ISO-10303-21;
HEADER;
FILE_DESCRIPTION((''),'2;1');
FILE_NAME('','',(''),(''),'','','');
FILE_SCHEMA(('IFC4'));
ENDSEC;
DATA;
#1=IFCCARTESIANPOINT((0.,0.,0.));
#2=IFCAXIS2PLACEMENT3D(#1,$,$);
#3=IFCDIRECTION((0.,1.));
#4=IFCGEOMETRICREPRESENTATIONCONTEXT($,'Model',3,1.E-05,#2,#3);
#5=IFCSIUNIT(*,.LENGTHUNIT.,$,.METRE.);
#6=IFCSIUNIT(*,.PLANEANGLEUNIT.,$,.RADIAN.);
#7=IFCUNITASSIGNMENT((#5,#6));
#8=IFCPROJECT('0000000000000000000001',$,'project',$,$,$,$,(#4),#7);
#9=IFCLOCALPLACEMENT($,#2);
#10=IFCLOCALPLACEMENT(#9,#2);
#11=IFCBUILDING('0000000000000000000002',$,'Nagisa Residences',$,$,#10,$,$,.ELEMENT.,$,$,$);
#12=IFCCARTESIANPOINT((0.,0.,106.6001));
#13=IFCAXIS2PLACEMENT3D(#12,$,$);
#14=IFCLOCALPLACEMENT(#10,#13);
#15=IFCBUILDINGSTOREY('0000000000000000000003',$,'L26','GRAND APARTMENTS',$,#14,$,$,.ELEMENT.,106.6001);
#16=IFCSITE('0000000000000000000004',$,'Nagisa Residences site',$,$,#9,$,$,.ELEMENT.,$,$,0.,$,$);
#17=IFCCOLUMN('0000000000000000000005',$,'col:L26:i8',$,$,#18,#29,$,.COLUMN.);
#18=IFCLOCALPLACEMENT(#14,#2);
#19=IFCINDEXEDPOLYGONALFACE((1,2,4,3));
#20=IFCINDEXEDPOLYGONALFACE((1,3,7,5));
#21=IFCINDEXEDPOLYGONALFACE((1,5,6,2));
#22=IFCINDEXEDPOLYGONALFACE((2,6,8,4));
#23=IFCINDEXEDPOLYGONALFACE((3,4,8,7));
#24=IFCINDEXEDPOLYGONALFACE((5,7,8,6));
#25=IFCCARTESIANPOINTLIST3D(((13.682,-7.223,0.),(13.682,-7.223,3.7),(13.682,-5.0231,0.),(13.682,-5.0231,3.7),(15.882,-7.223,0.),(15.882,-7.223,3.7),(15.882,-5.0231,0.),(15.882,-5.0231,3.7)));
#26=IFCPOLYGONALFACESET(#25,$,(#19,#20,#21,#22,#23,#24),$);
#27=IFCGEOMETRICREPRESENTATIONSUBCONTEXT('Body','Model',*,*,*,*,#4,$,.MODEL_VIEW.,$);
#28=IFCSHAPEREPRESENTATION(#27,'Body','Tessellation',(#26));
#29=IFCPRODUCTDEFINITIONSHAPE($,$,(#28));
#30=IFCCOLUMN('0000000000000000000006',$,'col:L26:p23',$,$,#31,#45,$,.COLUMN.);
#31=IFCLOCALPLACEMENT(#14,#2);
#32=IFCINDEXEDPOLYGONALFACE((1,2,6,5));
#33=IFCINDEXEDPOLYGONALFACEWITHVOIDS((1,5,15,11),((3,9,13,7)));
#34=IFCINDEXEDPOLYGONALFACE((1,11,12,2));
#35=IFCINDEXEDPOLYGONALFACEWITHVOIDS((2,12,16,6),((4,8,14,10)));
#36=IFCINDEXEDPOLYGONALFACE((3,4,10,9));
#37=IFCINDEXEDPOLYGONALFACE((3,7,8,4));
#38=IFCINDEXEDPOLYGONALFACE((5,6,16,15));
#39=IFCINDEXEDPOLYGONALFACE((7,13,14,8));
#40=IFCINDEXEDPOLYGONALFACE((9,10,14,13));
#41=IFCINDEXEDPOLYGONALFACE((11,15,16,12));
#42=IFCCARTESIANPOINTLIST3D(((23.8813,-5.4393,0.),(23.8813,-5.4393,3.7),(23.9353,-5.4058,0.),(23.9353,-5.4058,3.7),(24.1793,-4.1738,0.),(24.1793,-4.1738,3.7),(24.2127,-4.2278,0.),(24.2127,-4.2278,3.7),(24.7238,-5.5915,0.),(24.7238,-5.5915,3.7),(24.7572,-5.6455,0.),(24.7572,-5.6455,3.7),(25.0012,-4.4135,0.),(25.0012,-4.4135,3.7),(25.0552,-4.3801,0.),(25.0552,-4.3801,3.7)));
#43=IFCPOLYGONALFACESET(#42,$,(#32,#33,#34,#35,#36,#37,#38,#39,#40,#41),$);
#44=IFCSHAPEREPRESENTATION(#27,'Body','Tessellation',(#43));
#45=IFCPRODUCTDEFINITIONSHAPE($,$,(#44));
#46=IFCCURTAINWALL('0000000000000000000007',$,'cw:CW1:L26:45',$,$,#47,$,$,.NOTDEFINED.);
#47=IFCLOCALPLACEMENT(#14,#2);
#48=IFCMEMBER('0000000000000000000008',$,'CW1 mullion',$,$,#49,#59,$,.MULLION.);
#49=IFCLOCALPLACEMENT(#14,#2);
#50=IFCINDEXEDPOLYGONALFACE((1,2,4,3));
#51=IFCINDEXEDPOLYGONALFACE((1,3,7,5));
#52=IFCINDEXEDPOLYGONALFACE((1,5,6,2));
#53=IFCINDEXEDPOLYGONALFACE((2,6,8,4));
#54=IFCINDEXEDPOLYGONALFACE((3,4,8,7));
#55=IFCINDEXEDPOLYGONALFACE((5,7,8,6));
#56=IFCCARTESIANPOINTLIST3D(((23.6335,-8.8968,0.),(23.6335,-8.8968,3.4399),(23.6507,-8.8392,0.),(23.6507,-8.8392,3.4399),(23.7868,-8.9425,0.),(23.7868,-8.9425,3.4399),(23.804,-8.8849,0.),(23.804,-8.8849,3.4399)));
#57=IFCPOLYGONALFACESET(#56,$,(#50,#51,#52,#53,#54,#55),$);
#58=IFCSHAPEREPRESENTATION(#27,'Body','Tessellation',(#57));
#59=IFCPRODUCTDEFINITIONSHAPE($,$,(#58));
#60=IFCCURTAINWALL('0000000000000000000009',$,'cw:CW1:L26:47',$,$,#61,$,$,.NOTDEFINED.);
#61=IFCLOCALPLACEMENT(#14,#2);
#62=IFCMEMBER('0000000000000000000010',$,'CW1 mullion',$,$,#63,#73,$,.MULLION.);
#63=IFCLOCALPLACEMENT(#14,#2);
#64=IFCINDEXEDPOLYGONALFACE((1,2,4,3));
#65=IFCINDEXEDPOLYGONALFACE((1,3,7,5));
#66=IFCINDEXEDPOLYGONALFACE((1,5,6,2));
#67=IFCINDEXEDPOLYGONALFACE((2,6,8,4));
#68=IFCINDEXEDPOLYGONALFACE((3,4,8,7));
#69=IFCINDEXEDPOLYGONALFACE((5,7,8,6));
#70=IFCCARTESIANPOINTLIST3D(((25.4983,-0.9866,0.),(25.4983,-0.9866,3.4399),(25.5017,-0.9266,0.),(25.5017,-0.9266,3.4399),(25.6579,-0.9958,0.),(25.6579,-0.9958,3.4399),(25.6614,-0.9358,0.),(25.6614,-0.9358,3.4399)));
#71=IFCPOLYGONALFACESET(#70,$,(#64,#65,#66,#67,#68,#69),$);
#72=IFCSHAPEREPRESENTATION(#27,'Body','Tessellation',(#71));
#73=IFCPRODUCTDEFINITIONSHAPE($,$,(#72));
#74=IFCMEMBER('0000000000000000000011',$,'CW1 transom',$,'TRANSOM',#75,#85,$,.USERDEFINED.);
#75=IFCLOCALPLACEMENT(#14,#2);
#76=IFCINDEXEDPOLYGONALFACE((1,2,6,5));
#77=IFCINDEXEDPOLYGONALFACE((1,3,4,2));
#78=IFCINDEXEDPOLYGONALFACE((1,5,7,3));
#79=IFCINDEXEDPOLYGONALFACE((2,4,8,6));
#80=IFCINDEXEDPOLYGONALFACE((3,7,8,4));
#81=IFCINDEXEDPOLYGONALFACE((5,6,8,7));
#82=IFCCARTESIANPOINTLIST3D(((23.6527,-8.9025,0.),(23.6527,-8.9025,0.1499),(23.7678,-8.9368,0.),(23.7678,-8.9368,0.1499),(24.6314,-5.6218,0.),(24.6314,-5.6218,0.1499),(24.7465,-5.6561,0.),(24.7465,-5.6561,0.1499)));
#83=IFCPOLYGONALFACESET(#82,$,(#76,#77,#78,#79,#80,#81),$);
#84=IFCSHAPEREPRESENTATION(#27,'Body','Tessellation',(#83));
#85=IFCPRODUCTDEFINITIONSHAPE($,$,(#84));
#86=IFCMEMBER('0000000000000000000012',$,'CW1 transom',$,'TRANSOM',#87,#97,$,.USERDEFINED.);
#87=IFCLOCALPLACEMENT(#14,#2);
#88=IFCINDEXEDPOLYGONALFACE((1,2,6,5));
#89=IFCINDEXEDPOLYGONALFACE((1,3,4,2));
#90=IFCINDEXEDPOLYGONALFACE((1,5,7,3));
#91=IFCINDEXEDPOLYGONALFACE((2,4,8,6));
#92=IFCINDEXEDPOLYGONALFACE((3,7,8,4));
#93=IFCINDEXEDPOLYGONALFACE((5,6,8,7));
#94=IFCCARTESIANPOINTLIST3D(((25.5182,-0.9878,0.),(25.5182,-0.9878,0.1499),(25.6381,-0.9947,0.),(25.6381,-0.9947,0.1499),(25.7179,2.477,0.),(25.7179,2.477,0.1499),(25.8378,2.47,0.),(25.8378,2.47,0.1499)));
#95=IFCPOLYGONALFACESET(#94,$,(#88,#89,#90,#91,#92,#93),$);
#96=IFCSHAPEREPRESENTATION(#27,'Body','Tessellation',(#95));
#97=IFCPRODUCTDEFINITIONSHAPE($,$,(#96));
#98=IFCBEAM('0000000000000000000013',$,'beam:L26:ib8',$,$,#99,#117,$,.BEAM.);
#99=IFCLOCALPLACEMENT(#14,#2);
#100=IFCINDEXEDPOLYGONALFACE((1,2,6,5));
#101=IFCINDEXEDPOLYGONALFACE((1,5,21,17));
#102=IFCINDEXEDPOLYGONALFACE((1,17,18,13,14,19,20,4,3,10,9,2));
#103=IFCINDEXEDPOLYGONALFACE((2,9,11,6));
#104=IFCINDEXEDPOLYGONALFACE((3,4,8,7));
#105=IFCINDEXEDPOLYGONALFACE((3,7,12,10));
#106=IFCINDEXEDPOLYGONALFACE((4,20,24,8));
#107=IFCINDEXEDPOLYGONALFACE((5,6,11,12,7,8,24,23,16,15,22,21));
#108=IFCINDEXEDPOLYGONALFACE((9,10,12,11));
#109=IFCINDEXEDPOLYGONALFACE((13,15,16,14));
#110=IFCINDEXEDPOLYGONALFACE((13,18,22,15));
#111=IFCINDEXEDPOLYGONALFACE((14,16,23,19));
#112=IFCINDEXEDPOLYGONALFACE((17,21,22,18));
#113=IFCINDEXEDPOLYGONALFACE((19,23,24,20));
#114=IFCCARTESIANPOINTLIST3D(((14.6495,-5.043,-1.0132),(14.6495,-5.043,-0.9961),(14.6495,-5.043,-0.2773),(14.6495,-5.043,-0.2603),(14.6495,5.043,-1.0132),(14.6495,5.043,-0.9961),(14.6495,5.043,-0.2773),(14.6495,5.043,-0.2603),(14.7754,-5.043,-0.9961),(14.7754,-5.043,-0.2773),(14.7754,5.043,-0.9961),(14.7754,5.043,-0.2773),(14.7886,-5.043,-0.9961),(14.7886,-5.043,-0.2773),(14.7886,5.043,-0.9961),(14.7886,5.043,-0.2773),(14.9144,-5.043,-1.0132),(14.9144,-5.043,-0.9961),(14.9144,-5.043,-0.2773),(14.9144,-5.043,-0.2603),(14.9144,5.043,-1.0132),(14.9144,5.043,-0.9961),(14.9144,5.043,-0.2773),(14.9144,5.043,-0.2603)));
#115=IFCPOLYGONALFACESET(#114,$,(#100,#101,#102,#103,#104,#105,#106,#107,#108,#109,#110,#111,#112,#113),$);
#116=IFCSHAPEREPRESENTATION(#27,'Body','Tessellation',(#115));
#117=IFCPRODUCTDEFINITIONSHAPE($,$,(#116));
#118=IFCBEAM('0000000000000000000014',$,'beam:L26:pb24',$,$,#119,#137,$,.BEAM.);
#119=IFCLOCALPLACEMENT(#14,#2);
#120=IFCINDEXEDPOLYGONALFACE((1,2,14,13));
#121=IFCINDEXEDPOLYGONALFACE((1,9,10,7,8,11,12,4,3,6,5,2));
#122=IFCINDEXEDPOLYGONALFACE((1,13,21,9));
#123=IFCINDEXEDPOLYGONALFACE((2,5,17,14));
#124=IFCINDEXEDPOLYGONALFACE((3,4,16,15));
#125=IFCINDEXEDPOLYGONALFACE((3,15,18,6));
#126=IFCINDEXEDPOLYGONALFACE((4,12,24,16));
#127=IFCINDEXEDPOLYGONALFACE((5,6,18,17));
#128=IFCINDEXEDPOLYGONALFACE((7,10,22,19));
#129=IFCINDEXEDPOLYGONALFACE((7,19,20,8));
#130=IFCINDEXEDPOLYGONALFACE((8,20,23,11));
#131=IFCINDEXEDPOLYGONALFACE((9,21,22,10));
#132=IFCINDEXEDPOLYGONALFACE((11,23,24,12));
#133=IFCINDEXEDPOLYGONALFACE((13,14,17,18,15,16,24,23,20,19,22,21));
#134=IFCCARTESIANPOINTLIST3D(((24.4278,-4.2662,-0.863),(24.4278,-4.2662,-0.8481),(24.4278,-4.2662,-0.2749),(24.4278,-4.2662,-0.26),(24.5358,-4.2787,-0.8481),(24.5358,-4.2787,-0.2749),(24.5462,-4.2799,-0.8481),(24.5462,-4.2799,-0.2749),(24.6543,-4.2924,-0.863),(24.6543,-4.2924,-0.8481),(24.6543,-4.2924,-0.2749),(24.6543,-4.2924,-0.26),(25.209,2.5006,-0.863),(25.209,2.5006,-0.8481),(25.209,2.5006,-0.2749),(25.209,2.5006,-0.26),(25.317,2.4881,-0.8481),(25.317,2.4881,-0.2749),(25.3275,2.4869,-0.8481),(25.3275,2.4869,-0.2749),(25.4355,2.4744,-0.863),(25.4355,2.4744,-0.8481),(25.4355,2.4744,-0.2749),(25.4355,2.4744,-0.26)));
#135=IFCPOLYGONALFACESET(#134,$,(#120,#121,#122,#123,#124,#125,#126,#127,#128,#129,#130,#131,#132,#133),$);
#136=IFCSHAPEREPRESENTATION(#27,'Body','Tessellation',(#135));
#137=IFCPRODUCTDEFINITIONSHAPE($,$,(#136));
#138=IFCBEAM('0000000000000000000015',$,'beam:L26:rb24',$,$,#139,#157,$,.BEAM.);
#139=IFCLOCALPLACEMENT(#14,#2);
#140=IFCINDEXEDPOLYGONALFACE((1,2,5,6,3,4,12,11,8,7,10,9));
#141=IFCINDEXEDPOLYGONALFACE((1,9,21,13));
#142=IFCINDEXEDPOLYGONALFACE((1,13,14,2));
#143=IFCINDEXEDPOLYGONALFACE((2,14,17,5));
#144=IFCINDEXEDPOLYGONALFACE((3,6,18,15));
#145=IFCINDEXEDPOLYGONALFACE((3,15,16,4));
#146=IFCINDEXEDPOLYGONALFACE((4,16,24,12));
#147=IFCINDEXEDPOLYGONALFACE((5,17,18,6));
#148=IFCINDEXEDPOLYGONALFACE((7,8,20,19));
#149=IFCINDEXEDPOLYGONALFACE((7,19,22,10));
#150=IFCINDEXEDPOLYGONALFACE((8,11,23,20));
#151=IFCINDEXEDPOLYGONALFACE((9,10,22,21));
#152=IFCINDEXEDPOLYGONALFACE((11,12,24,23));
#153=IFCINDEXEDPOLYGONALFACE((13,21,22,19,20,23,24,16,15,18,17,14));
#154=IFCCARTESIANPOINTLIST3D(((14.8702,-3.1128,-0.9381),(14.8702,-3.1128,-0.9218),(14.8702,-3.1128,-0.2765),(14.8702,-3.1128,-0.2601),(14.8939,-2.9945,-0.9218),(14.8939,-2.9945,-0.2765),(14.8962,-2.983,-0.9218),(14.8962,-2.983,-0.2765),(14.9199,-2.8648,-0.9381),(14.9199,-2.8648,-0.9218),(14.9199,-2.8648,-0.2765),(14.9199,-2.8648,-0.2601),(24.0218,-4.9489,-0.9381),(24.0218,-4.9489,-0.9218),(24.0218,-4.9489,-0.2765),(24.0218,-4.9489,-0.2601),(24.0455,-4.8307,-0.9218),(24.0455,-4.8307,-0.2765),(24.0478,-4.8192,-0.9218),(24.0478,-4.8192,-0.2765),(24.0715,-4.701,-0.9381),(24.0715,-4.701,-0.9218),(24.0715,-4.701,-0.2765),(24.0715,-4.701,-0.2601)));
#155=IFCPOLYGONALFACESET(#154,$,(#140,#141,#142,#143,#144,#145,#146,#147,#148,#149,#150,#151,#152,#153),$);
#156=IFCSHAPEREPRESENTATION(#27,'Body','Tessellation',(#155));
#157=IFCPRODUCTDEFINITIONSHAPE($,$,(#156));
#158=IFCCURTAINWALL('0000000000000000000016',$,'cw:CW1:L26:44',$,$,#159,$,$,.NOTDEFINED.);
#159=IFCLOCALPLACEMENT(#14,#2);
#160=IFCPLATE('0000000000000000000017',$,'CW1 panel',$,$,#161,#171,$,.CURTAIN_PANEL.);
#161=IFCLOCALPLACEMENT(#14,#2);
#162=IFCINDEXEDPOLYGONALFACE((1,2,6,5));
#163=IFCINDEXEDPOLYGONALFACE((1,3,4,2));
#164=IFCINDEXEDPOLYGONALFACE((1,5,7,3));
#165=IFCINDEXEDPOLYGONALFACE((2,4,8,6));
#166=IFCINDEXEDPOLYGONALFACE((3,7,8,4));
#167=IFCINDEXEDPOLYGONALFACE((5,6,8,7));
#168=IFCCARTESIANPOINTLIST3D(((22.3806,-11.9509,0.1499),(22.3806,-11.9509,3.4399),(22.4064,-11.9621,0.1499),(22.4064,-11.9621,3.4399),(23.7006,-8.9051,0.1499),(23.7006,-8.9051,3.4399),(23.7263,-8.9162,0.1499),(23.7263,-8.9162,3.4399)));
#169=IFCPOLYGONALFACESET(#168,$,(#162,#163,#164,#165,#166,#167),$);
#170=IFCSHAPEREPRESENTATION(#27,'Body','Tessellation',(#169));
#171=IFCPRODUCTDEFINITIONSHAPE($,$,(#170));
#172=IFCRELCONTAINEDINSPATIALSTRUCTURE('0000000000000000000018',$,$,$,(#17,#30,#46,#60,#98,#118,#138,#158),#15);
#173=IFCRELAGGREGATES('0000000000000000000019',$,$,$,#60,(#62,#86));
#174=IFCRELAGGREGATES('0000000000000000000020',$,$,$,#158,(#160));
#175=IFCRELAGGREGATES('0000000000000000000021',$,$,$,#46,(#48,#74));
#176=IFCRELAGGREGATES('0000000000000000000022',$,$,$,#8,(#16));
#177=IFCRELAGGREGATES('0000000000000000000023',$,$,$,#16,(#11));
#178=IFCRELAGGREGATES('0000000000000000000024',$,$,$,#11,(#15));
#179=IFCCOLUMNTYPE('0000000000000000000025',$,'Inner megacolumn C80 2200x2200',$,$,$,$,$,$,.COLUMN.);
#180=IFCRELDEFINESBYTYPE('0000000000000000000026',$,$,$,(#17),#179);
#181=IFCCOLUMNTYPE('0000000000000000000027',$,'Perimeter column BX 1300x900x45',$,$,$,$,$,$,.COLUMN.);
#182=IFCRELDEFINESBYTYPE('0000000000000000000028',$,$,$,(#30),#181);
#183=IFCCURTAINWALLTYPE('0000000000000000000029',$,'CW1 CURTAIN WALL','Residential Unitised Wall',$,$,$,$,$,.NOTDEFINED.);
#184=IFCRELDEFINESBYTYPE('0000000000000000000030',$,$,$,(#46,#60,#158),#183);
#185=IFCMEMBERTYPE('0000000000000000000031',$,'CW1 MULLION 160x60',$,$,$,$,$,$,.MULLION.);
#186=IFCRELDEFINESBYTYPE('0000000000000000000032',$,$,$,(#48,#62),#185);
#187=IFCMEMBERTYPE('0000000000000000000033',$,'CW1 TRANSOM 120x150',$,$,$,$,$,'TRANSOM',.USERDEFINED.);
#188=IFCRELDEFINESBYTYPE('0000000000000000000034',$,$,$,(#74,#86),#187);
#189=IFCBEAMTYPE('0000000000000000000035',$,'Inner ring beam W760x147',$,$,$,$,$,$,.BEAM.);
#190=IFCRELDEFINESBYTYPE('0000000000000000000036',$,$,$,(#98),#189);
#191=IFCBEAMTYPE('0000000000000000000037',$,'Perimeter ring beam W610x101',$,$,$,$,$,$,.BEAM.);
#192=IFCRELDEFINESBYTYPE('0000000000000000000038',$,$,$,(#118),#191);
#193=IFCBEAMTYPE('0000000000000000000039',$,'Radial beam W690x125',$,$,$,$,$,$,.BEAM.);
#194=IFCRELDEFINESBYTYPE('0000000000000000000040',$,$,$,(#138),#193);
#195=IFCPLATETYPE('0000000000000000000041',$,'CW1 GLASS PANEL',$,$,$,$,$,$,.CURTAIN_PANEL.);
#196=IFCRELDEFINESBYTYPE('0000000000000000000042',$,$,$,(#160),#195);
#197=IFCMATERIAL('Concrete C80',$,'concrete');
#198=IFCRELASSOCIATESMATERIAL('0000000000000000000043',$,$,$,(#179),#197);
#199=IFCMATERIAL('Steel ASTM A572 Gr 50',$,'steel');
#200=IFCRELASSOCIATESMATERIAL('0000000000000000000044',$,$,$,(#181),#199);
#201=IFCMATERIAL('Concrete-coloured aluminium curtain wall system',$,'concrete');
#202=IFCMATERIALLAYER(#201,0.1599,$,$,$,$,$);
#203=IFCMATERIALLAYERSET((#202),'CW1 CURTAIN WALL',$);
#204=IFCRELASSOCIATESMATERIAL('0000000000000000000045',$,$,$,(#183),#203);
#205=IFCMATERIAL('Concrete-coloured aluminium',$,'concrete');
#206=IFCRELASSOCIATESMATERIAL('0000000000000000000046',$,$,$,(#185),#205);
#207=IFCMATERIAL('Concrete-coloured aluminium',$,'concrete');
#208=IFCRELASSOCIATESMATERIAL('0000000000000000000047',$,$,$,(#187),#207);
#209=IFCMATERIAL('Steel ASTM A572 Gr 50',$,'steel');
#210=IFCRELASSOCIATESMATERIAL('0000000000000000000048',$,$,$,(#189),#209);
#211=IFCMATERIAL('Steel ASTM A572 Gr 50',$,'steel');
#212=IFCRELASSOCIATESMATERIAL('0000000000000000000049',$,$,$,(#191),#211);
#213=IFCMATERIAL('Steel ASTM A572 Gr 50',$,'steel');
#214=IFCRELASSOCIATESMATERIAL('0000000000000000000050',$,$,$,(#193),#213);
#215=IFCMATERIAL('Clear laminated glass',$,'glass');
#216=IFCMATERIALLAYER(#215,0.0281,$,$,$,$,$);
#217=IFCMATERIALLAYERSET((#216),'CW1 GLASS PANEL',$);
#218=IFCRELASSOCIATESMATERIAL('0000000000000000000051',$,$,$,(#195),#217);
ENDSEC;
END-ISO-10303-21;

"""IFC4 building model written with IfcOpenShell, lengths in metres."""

from ifc_helpers import new_model, si_unit, direction, frame, origin, origin_2d, place, context, subcontext, project, spatial, rectangle, hollow_rectangle, i_section, extrude, material, layer, layer_set, material_profile, profile_set, type_object, element, aggregate, save


model = new_model("IFC4")

# Units and contexts
model_context = context("Model", 3, precision=1e-05, world=origin(), true_north=direction((0.0, 1.0)))
body_context = subcontext(model_context, "Body", "Model", "MODEL_VIEW")
ifc_project = project(units=[si_unit("LENGTHUNIT", "METRE"), si_unit("PLANEANGLEUNIT", "RADIAN")], contexts=[model_context])

# Site, building, storey
site_placement = place(None, origin())
site = spatial("IfcSite", under=ifc_project, at=site_placement, Name="Nagisa Residences site", CompositionType="ELEMENT", RefElevation=0.0)
building_placement = place(site_placement, origin())
building = spatial("IfcBuilding", under=site, at=building_placement, Name="Nagisa Residences", CompositionType="ELEMENT")
storey_placement = place(building_placement, frame((0.0, 0.0, 106.6001)))
storey = spatial("IfcBuildingStorey", under=building, at=storey_placement, Name="L26", Description="GRAND APARTMENTS", CompositionType="ELEMENT", Elevation=106.6001)

# Columns
ifc_material_1 = material(Name="Concrete C80", Category="concrete")
ifc_material_profile_1 = material_profile(ifc_material_1, rectangle(XDim=2.2, YDim=2.2, at=origin_2d()), Name="C80 2200x2200")
ifc_profile_set_1 = profile_set([ifc_material_profile_1], Name="Concrete C80")
column_type_1 = type_object("IfcColumnType", Name="Inner megacolumn C80 2200x2200", PredefinedType="COLUMN", material=ifc_profile_set_1)
column_1_placement = place(storey_placement, frame((14.782, -6.123, 0.0), z_axis=(0.0, 0.0, 1.0), x_axis=(1.0, 0.0, 0.0)))
element("IfcColumn", 1, at=column_1_placement, inside=storey, type_object=column_type_1, Name="col:L26:i8", PredefinedType="COLUMN", context=body_context, shape_type="SweptSolid", body=[
    extrude(rectangle(XDim=2.2, YDim=2.2, at=origin_2d()), origin(), (0.0, 0.0, 1.0), 3.7),
])
ifc_material_2 = material(Name="Steel ASTM A572 Gr 50", Category="steel")
ifc_material_profile_2 = material_profile(ifc_material_2, hollow_rectangle(XDim=1.3, YDim=0.8999, WallThickness=0.0449, at=origin_2d()), Name="BX 1300x900x45")
ifc_profile_set_2 = profile_set([ifc_material_profile_2], Name="Steel ASTM A572 Gr 50")
column_type_2 = type_object("IfcColumnType", Name="Perimeter column BX 1300x900x45", PredefinedType="COLUMN", material=ifc_profile_set_2)
column_2_placement = place(storey_placement, frame((24.4683, -4.9097, 0.0), z_axis=(0.0, 0.0, 1.0), x_axis=(0.229202, 0.973379, 0.0)))
element("IfcColumn", 2, at=column_2_placement, inside=storey, type_object=column_type_2, Name="col:L26:p23", PredefinedType="COLUMN", context=body_context, shape_type="SweptSolid", body=[
    extrude(hollow_rectangle(XDim=1.3, YDim=0.8999, WallThickness=0.0449, at=origin_2d()), origin(), (0.0, 0.0, 1.0), 3.7),
])

# Curtain walls, members
ifc_material_3 = material(Name="Concrete-coloured aluminium curtain wall system", Category="concrete")
ifc_layer_1 = layer(ifc_material_3, 0.1599)
ifc_layer_set_1 = layer_set([ifc_layer_1], Name="CW1 CURTAIN WALL")
curtain_wall_type = type_object("IfcCurtainWallType", Name="CW1 CURTAIN WALL", Description="Residential Unitised Wall", PredefinedType="NOTDEFINED", material=ifc_layer_set_1)
curtain_wall_1_placement = place(storey_placement, origin())
curtain_wall_1 = element("IfcCurtainWall", 3, at=curtain_wall_1_placement, inside=storey, type_object=curtain_wall_type, Name="cw:CW1:L26:45", PredefinedType="NOTDEFINED")
ifc_material_4 = material(Name="Concrete-coloured aluminium", Category="concrete")
ifc_material_profile_3 = material_profile(ifc_material_4, rectangle(XDim=0.1599, YDim=0.0601, at=origin_2d()), Name="CW1 MULLION 160x60")
ifc_profile_set_3 = profile_set([ifc_material_profile_3], Name="Concrete-coloured aluminium")
member_type_1 = type_object("IfcMemberType", Name="CW1 MULLION 160x60", PredefinedType="MULLION", material=ifc_profile_set_3)
member_1_placement = place(storey_placement, frame((23.7188, -8.8909, 0.0), z_axis=(0.0, 0.0, 1.0), x_axis=(-0.958271, 0.28586, 0.0)))
member_1 = element("IfcMember", 4, at=member_1_placement, type_object=member_type_1, Name="CW1 mullion", PredefinedType="MULLION", context=body_context, shape_type="SweptSolid", body=[
    extrude(rectangle(XDim=0.1599, YDim=0.0601, at=origin_2d()), origin(), (0.0, 0.0, 1.0), 3.4399),
])
curtain_wall_2_placement = place(storey_placement, origin())
curtain_wall_2 = element("IfcCurtainWall", 5, at=curtain_wall_2_placement, inside=storey, type_object=curtain_wall_type, Name="cw:CW1:L26:47", PredefinedType="NOTDEFINED")
member_2_placement = place(storey_placement, frame((25.5798, -0.9612, 0.0), z_axis=(0.0, 0.0, 1.0), x_axis=(-0.998345, 0.057503, 0.0)))
member_2 = element("IfcMember", 6, at=member_2_placement, type_object=member_type_1, Name="CW1 mullion", PredefinedType="MULLION", context=body_context, shape_type="SweptSolid", body=[
    extrude(rectangle(XDim=0.1599, YDim=0.0601, at=origin_2d()), origin(), (0.0, 0.0, 1.0), 3.4399),
])

# Members
ifc_material_5 = material(Name="Concrete-coloured aluminium", Category="concrete")
ifc_material_profile_4 = material_profile(ifc_material_5, rectangle(XDim=0.1201, YDim=0.1499, at=origin_2d()), Name="CW1 TRANSOM 120x150")
ifc_profile_set_4 = profile_set([ifc_material_profile_4], Name="Concrete-coloured aluminium")
member_type_2 = type_object("IfcMemberType", Name="CW1 TRANSOM 120x150", ElementType="TRANSOM", PredefinedType="USERDEFINED", material=ifc_profile_set_4)
member_3_placement = place(storey_placement, frame((23.7102, -8.9197, 0.075), z_axis=(0.285882, 0.958265, 0.0), x_axis=(-0.958265, 0.285882, 0.0)))
member_3 = element("IfcMember", 7, at=member_3_placement, type_object=member_type_2, Name="CW1 transom", ObjectType="TRANSOM", PredefinedType="USERDEFINED", context=body_context, shape_type="SweptSolid", body=[
    extrude(rectangle(XDim=0.1201, YDim=0.1499, at=origin_2d()), origin(), (0.0, 0.0, 1.0), 3.4236),
])
member_4_placement = place(storey_placement, frame((25.5781, -0.9912, 0.075), z_axis=(0.057547, 0.998343, 0.0), x_axis=(-0.998343, 0.057547, 0.0)))
member_4 = element("IfcMember", 8, at=member_4_placement, type_object=member_type_2, Name="CW1 transom", ObjectType="TRANSOM", PredefinedType="USERDEFINED", context=body_context, shape_type="SweptSolid", body=[
    extrude(rectangle(XDim=0.1201, YDim=0.1499, at=origin_2d()), origin(), (0.0, 0.0, 1.0), 3.4705),
])
aggregate(curtain_wall_2, [member_2, member_4])

# Beams
ifc_material_6 = material(Name="Steel ASTM A572 Gr 50", Category="steel")
ifc_material_profile_5 = material_profile(ifc_material_6, i_section(OverallWidth=0.2649, OverallDepth=0.7529, WebThickness=0.0132, FlangeThickness=0.0171, at=origin_2d()), Name="W760x147")
ifc_profile_set_5 = profile_set([ifc_material_profile_5], Name="Steel ASTM A572 Gr 50")
beam_type_1 = type_object("IfcBeamType", Name="Inner ring beam W760x147", PredefinedType="BEAM", material=ifc_profile_set_5)
beam_1_placement = place(storey_placement, frame((14.782, -5.043, -0.6367), z_axis=(0.0, 1.0, 0.0), x_axis=(-1.0, 0.0, 0.0)))
element("IfcBeam", 9, at=beam_1_placement, inside=storey, type_object=beam_type_1, Name="beam:L26:ib8", PredefinedType="BEAM", context=body_context, shape_type="SweptSolid", body=[
    extrude(i_section(OverallWidth=0.2649, OverallDepth=0.7529, WebThickness=0.0132, FlangeThickness=0.0171, at=origin_2d()), origin(), (0.0, 0.0, 1.0), 10.0859),
])
ifc_material_7 = material(Name="Steel ASTM A572 Gr 50", Category="steel")
ifc_material_profile_6 = material_profile(ifc_material_7, i_section(OverallWidth=0.228, OverallDepth=0.603, WebThickness=0.0105, FlangeThickness=0.0149, at=origin_2d()), Name="W610x101")
ifc_profile_set_6 = profile_set([ifc_material_profile_6], Name="Steel ASTM A572 Gr 50")
beam_type_2 = type_object("IfcBeamType", Name="Perimeter ring beam W610x101", PredefinedType="BEAM", material=ifc_profile_set_6)
beam_2_placement = place(storey_placement, frame((24.541, -4.2793, -0.5615), z_axis=(0.114691, 0.993401, 0.0), x_axis=(-0.993401, 0.114691, 0.0)))
element("IfcBeam", 10, at=beam_2_placement, inside=storey, type_object=beam_type_2, Name="beam:L26:pb24", PredefinedType="BEAM", context=body_context, shape_type="SweptSolid", body=[
    extrude(i_section(OverallWidth=0.228, OverallDepth=0.603, WebThickness=0.0105, FlangeThickness=0.0149, at=origin_2d()), origin(), (0.0, 0.0, 1.0), 6.8118),
])
ifc_material_8 = material(Name="Steel ASTM A572 Gr 50", Category="steel")
ifc_material_profile_7 = material_profile(ifc_material_8, i_section(OverallWidth=0.2529, OverallDepth=0.678, WebThickness=0.0117, FlangeThickness=0.0164, at=origin_2d()), Name="W690x125")
ifc_profile_set_7 = profile_set([ifc_material_profile_7], Name="Steel ASTM A572 Gr 50")
beam_type_3 = type_object("IfcBeamType", Name="Radial beam W690x125", PredefinedType="BEAM", material=ifc_profile_set_7)
beam_3_placement = place(storey_placement, frame((24.0466, -4.825, -0.5991), z_axis=(-0.98046, 0.19672, 0.0), x_axis=(-0.19672, -0.98046, 0.0)))
element("IfcBeam", 11, at=beam_3_placement, inside=storey, type_object=beam_type_3, Name="beam:L26:rb24", PredefinedType="BEAM", context=body_context, shape_type="SweptSolid", body=[
    extrude(i_section(OverallWidth=0.2529, OverallDepth=0.678, WebThickness=0.0117, FlangeThickness=0.0164, at=origin_2d()), origin(), (0.0, 0.0, 1.0), 9.334),
])

# Curtain wall, plate
curtain_wall_3_placement = place(storey_placement, origin())
curtain_wall_3 = element("IfcCurtainWall", 12, at=curtain_wall_3_placement, inside=storey, type_object=curtain_wall_type, Name="cw:CW1:L26:44", PredefinedType="NOTDEFINED")
ifc_material_9 = material(Name="Clear laminated glass", Category="glass")
ifc_layer_2 = layer(ifc_material_9, 0.0281)
ifc_layer_set_2 = layer_set([ifc_layer_2], Name="CW1 GLASS PANEL")
plate_type = type_object("IfcPlateType", Name="CW1 GLASS PANEL", PredefinedType="CURTAIN_PANEL", material=ifc_layer_set_2)
plate_1_placement = place(storey_placement, frame((23.0535, -10.4336, 0.1499), z_axis=(0.0, 0.0, 1.0), x_axis=(0.397636, 0.917543, 0.0)))
plate_1 = element("IfcPlate", 13, at=plate_1_placement, type_object=plate_type, Name="CW1 panel", PredefinedType="CURTAIN_PANEL", context=body_context, shape_type="SweptSolid", body=[
    extrude(rectangle(XDim=3.3196, YDim=0.0281, at=origin_2d()), origin(), (0.0, 0.0, 1.0), 3.29),
])
aggregate(curtain_wall_3, [plate_1])

aggregate(curtain_wall_1, [member_1, member_3])

save(model, "model.ifc")
